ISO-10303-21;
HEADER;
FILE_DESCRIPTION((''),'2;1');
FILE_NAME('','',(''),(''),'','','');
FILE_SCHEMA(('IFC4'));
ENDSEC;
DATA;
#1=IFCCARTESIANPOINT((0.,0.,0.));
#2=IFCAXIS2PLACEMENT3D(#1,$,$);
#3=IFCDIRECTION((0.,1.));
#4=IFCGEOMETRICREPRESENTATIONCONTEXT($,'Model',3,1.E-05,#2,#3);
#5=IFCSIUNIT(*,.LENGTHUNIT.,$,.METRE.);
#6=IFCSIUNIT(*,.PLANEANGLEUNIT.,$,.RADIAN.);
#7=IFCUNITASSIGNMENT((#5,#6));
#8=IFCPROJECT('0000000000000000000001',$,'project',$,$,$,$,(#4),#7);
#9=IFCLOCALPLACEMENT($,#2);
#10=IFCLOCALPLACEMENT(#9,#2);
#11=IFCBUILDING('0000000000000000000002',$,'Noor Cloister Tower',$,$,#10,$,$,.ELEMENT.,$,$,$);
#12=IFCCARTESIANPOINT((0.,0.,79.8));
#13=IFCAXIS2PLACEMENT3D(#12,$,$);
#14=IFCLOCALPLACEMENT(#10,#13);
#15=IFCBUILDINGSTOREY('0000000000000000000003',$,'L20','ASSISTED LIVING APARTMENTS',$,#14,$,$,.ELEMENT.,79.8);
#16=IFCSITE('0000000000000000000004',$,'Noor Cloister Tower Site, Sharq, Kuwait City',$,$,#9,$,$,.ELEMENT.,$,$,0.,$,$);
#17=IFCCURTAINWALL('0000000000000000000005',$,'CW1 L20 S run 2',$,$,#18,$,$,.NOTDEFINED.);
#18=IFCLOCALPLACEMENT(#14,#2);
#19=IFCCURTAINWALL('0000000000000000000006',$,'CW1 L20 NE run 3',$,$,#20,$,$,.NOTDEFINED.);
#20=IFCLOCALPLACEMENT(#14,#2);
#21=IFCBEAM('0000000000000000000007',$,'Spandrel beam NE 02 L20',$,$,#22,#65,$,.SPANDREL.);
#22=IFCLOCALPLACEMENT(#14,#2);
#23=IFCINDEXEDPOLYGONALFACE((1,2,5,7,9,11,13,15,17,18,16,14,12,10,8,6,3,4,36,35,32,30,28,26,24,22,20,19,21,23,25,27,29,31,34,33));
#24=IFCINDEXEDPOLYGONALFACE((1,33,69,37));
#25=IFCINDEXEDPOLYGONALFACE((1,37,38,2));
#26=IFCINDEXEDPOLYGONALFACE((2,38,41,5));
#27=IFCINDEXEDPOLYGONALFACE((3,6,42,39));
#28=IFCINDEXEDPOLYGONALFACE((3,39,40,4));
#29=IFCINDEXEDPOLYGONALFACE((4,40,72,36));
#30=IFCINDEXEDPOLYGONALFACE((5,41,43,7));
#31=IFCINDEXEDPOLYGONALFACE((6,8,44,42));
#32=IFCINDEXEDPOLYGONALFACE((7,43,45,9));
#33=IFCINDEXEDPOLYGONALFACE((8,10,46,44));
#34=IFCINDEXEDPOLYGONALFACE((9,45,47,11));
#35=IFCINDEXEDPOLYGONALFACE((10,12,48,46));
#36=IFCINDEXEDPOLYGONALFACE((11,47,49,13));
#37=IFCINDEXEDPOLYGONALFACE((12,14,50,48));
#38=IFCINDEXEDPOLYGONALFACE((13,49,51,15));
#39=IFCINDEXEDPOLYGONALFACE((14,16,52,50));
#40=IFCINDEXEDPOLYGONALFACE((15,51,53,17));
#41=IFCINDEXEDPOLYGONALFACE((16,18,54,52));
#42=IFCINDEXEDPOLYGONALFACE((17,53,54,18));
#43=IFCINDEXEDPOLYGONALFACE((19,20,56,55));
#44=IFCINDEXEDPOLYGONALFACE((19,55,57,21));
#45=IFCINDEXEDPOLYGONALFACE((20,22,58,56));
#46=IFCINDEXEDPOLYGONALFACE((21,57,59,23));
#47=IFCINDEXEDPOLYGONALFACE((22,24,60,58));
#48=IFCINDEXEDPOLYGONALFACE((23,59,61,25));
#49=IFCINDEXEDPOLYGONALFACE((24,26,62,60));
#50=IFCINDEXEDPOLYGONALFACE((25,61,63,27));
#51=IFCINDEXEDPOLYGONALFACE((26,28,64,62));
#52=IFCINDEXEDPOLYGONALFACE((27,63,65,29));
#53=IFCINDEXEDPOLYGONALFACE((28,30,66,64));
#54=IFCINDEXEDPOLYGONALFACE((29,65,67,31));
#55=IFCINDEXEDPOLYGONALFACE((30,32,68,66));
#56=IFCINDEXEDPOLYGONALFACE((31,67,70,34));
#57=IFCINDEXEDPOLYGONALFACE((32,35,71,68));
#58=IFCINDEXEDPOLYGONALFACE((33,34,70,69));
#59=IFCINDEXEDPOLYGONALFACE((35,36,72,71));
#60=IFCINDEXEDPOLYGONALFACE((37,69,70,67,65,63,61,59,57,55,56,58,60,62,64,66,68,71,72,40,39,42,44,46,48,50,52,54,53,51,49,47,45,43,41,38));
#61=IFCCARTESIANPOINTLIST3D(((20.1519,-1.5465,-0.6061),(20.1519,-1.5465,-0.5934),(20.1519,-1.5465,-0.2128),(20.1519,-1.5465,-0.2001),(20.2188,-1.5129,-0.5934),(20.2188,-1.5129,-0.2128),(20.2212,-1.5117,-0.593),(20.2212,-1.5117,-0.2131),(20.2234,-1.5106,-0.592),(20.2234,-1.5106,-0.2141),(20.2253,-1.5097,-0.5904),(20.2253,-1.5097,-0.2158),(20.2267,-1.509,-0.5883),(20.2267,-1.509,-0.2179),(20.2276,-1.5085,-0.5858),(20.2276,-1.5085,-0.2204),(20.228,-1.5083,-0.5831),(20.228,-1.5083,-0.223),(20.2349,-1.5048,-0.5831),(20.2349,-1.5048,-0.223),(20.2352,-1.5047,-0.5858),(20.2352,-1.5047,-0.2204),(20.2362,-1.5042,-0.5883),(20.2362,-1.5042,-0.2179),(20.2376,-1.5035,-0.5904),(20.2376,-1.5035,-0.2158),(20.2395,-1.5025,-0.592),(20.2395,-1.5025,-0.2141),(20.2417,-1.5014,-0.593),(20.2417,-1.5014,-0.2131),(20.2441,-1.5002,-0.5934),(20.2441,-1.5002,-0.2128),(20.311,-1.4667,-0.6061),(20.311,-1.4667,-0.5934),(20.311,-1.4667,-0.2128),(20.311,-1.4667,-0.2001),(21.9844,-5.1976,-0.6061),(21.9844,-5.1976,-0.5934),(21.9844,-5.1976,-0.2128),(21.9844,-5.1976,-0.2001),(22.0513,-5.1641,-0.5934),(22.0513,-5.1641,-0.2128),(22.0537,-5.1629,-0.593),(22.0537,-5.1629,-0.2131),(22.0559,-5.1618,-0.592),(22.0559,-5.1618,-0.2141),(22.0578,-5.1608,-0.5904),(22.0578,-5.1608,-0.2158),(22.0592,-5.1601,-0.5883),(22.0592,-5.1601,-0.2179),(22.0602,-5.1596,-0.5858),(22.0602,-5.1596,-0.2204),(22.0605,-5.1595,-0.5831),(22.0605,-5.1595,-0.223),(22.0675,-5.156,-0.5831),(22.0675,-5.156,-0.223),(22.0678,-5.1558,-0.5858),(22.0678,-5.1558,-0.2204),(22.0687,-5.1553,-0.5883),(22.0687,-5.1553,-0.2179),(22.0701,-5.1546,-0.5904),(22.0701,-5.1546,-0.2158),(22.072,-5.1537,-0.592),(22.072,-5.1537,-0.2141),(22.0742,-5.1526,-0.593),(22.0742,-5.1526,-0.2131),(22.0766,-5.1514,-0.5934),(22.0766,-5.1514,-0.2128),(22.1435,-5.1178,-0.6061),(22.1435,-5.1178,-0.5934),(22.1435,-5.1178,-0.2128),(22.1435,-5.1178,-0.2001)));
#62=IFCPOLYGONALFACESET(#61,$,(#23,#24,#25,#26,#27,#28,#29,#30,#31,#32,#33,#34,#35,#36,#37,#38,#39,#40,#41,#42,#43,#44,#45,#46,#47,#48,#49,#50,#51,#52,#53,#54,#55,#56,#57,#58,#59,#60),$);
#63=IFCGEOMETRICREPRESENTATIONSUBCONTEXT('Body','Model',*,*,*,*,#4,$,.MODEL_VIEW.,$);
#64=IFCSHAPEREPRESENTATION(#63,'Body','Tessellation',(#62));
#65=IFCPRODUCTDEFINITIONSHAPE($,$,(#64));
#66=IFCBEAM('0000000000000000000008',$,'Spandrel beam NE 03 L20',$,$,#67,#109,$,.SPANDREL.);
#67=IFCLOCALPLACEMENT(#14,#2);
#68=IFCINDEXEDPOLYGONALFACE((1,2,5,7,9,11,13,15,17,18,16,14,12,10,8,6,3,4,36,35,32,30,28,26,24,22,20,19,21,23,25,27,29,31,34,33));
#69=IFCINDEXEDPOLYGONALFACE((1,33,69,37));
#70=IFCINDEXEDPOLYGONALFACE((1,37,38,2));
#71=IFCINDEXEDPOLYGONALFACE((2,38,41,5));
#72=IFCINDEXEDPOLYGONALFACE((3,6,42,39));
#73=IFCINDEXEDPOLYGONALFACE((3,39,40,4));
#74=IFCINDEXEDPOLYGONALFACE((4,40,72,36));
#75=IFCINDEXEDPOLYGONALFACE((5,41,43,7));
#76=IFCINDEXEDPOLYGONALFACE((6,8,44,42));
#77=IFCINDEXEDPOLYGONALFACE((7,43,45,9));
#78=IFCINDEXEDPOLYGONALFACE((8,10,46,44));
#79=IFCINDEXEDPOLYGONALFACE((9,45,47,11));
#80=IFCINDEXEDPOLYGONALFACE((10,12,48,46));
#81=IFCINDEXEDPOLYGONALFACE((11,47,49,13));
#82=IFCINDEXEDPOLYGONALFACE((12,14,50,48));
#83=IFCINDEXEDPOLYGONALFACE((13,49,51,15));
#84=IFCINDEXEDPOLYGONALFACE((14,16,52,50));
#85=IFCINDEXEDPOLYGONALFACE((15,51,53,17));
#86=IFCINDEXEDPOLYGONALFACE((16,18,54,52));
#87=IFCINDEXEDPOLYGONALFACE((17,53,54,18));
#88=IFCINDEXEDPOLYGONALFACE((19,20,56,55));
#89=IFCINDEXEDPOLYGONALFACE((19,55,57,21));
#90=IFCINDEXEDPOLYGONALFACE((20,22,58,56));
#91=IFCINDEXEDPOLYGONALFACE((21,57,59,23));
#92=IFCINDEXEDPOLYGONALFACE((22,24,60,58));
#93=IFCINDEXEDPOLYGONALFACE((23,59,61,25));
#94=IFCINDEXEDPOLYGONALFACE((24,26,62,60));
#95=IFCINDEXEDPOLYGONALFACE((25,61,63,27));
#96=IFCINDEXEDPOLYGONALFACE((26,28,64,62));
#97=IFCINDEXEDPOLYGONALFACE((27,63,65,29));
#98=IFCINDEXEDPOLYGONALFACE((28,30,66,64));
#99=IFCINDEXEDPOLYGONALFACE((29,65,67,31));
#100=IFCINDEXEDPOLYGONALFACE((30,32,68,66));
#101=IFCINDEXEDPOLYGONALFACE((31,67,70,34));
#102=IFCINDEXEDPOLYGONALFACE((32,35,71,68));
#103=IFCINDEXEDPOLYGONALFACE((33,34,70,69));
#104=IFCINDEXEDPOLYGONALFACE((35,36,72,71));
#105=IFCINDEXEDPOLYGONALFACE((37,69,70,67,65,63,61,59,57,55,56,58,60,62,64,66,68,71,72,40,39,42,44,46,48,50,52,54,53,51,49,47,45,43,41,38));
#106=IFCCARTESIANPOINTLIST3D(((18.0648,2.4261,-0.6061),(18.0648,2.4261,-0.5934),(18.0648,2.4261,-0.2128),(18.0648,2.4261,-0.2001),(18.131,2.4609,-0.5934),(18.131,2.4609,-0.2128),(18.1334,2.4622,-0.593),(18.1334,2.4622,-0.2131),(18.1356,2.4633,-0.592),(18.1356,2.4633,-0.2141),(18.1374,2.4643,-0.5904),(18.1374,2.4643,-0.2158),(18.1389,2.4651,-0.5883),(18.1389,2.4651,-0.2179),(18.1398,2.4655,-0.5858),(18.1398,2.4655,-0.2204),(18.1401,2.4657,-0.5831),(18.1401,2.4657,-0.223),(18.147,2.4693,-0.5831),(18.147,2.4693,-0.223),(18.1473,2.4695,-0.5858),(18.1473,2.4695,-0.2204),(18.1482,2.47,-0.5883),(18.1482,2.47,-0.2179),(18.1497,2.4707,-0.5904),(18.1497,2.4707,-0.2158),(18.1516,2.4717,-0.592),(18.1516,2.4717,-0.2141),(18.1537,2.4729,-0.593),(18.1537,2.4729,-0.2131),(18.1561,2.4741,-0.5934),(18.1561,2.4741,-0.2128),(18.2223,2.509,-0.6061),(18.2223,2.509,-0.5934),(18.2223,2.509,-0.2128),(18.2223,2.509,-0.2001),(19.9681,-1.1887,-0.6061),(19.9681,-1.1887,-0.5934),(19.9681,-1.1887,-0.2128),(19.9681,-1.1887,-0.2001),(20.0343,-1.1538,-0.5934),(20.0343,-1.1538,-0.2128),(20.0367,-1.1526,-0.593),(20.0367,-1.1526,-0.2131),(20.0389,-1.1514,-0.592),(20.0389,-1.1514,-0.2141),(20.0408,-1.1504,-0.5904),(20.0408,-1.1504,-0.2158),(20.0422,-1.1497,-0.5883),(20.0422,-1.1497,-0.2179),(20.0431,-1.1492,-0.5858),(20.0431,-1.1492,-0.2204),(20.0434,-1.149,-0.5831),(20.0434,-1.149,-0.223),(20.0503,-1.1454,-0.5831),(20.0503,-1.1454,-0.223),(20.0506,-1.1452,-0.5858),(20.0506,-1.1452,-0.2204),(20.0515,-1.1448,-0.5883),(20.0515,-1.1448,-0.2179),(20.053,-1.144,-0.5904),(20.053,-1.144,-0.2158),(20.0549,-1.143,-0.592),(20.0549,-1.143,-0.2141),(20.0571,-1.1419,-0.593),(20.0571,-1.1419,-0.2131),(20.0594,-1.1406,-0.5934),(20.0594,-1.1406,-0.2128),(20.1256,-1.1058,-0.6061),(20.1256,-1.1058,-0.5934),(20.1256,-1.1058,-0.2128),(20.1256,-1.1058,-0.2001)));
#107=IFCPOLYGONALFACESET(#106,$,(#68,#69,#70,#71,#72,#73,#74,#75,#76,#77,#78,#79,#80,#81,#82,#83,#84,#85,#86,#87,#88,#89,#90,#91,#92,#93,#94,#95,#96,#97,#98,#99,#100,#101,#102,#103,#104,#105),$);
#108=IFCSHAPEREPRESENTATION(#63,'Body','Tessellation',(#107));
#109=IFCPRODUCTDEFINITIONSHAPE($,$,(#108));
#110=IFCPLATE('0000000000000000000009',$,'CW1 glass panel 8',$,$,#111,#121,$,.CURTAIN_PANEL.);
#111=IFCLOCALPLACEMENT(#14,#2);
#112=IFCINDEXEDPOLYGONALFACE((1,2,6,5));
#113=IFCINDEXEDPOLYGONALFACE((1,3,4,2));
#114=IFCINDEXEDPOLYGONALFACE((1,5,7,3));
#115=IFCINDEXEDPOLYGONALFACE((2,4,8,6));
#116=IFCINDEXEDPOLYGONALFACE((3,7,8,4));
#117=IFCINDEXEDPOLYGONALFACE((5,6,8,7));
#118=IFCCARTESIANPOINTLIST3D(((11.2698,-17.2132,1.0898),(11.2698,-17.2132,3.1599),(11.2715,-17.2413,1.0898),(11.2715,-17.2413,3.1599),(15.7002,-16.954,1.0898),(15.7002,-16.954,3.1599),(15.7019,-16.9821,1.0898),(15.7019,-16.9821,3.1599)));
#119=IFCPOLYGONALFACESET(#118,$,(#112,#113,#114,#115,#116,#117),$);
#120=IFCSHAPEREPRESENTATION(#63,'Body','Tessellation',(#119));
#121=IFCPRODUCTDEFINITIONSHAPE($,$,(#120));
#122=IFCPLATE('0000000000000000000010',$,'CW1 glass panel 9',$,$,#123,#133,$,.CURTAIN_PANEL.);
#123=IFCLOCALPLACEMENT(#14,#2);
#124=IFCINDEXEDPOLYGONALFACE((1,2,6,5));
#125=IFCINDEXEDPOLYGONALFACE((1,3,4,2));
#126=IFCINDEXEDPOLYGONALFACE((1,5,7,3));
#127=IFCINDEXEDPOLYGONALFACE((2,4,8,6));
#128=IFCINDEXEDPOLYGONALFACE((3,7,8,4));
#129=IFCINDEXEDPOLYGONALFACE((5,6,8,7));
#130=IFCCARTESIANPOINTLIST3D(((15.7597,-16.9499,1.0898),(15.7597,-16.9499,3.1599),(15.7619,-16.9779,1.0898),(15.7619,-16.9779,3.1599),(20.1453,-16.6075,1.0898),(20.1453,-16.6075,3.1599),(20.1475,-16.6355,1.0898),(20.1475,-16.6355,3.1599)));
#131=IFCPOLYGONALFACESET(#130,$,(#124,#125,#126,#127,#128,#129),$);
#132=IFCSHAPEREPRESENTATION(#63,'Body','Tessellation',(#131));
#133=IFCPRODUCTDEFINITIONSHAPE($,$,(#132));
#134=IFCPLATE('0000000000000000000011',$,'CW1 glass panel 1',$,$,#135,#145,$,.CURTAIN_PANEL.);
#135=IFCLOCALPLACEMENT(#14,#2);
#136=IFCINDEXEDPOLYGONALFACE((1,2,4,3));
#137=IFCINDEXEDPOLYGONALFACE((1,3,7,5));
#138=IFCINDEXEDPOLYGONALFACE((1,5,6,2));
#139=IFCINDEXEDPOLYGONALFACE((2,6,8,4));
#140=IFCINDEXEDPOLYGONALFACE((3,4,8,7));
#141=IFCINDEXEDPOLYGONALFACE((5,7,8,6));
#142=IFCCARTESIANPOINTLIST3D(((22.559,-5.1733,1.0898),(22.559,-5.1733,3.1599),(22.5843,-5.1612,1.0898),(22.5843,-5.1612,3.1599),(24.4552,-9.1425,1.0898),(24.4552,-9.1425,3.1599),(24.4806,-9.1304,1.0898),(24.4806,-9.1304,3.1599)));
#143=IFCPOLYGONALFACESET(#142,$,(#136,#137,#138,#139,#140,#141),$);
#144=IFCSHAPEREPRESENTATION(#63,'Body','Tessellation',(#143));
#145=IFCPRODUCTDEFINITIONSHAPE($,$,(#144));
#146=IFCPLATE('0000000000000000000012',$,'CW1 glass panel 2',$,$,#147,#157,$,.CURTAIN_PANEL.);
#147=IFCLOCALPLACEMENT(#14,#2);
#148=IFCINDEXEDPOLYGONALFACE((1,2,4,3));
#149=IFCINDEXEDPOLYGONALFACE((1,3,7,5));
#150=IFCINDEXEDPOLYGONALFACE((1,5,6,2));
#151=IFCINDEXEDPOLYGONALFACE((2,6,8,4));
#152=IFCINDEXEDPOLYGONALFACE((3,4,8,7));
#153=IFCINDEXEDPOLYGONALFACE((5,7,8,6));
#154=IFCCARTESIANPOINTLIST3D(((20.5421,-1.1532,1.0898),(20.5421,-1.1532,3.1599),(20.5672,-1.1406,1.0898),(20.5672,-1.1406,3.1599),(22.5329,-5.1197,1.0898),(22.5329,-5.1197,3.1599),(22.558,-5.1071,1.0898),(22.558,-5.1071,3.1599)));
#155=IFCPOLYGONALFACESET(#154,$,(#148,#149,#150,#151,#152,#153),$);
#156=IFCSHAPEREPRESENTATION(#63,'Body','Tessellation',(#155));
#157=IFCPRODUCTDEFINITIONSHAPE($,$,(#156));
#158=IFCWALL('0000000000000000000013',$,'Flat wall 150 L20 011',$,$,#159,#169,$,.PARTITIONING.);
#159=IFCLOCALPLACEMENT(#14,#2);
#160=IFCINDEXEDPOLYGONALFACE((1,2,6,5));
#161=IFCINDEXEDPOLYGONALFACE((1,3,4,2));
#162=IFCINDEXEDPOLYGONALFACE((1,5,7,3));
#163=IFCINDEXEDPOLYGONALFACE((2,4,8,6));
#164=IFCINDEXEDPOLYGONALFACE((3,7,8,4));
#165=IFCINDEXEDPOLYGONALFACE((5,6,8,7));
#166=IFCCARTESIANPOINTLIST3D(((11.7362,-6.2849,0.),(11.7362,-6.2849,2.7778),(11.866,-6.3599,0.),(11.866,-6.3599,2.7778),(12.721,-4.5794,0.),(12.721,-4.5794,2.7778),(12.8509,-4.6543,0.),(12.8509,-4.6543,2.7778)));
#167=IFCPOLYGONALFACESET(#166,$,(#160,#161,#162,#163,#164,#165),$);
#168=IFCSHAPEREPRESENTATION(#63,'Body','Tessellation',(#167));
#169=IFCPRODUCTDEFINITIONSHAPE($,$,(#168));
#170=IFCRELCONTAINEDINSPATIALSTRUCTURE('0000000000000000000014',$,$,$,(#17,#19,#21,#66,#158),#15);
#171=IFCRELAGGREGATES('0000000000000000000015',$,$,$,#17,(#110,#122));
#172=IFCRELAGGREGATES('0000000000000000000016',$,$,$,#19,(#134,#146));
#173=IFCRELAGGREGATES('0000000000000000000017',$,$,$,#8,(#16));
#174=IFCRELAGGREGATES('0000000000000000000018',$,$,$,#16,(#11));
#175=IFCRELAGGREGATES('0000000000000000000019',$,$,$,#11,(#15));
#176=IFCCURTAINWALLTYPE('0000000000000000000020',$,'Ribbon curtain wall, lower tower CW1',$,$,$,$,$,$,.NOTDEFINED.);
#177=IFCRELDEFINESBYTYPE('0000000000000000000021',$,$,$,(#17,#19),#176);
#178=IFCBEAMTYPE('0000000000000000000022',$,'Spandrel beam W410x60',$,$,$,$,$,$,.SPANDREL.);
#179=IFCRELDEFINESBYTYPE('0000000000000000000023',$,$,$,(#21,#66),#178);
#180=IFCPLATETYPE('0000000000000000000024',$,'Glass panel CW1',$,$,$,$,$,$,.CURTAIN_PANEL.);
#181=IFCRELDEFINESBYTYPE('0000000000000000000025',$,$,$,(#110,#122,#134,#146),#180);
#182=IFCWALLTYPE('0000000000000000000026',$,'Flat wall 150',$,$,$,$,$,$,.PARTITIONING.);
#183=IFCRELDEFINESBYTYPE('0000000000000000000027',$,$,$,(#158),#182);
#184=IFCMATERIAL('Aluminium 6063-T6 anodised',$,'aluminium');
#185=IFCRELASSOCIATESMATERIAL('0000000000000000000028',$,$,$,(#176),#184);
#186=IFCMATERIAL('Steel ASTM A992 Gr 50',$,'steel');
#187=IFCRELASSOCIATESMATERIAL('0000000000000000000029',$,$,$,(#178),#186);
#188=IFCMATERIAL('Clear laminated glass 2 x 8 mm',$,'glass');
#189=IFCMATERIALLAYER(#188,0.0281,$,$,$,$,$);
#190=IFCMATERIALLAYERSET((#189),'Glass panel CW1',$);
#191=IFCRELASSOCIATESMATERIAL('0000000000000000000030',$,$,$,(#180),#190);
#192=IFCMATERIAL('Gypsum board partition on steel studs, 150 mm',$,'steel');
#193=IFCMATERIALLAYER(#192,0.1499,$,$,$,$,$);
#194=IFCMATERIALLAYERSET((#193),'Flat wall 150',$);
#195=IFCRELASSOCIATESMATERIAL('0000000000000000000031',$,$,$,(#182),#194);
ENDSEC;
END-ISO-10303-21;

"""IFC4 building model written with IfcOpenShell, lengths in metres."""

from ifc_helpers import new_model, si_unit, direction, frame, frame_2d, origin, origin_2d, place, context, subcontext, project, spatial, rectangle, i_section, extrude, material, layer, layer_set, material_profile, profile_set, type_object, element, aggregate, save


model = new_model("IFC4")

# Units and contexts
model_context = context("Model", 3, precision=1e-05, world=origin(), true_north=direction((0.0, 1.0)))
body_context = subcontext(model_context, "Body", "Model", "MODEL_VIEW")
ifc_project = project(units=[si_unit("LENGTHUNIT", "METRE"), si_unit("PLANEANGLEUNIT", "RADIAN")], contexts=[model_context])

# Site, building, storey
site_placement = place(None, origin())
site = spatial("IfcSite", under=ifc_project, at=site_placement, Name="Noor Cloister Tower Site, Sharq, Kuwait City", CompositionType="ELEMENT", RefElevation=0.0)
building_placement = place(site_placement, origin())
building = spatial("IfcBuilding", under=site, at=building_placement, Name="Noor Cloister Tower", CompositionType="ELEMENT")
storey_placement = place(building_placement, frame((0.0, 0.0, 79.8)))
storey = spatial("IfcBuildingStorey", under=building, at=storey_placement, Name="L20", Description="ASSISTED LIVING APARTMENTS", CompositionType="ELEMENT", Elevation=79.8)

# Curtain walls
ifc_material_1 = material(Name="Aluminium 6063-T6 anodised", Category="aluminium")
curtain_wall_type = type_object("IfcCurtainWallType", Name="Ribbon curtain wall, lower tower CW1", PredefinedType="NOTDEFINED", material=ifc_material_1)
curtain_wall_1_placement = place(storey_placement, origin())
curtain_wall_1 = element("IfcCurtainWall", 1, at=curtain_wall_1_placement, inside=storey, type_object=curtain_wall_type, Name="CW1 L20 S run 2", PredefinedType="NOTDEFINED")
curtain_wall_2_placement = place(storey_placement, origin())
curtain_wall_2 = element("IfcCurtainWall", 2, at=curtain_wall_2_placement, inside=storey, type_object=curtain_wall_type, Name="CW1 L20 NE run 3", PredefinedType="NOTDEFINED")

# Beams
ifc_material_2 = material(Name="Steel ASTM A992 Gr 50", Category="steel")
ifc_material_profile_1 = material_profile(ifc_material_2, i_section(OverallWidth=0.178, OverallDepth=0.406, WebThickness=0.0078, FlangeThickness=0.0127, FilletRadius=0.0103, at=origin_2d()), Name="W410x60")
ifc_profile_set_1 = profile_set([ifc_material_profile_1], Name="Steel ASTM A992 Gr 50")
beam_type_1 = type_object("IfcBeamType", Name="Spandrel beam W410x60", PredefinedType="SPANDREL", material=ifc_profile_set_1)
for number, where, z_axis, x_axis, name in (
    (3, (22.064, -5.1577, -0.4031), (-0.448576, 0.893745, 0.0), (-0.893745, -0.448576, 0.0), "Spandrel beam NE 02 L20"),
    (4, (20.0469, -1.1472, -0.4031), (-0.465904, 0.884835, 0.0), (-0.884835, -0.465904, 0.0), "Spandrel beam NE 03 L20"),
):
    element("IfcBeam", number, at=place(storey_placement, frame(where, z_axis=z_axis, x_axis=x_axis)), inside=storey, type_object=beam_type_1, Name=name, PredefinedType="SPANDREL", context=body_context, shape_type="SweptSolid", body=[
        extrude(i_section(OverallWidth=0.178, OverallDepth=0.406, WebThickness=0.0078, FlangeThickness=0.0127, FilletRadius=0.0103, at=origin_2d()), origin(), (0.0, 0.0, 1.0), 4.0852),
    ])

# Plates
ifc_material_3 = material(Name="Clear laminated glass 2 x 8 mm", Category="glass")
ifc_layer_1 = layer(ifc_material_3, 0.0281)
ifc_layer_set_1 = layer_set([ifc_layer_1], Name="Glass panel CW1")
plate_type = type_object("IfcPlateType", Name="Glass panel CW1", PredefinedType="CURTAIN_PANEL", material=ifc_layer_set_1)
plate_1_placement = place(storey_placement, frame((13.4858, -17.0977, 1.0898), z_axis=(0.0, 0.0, 1.0), x_axis=(0.998293, 0.058407, 0.0)))
plate_1 = element("IfcPlate", 5, at=plate_1_placement, type_object=plate_type, Name="CW1 glass panel 8", PredefinedType="CURTAIN_PANEL", context=body_context, shape_type="SweptSolid", body=[
    extrude(rectangle(XDim=4.438, YDim=0.0281, at=origin_2d()), origin(), (0.0, 0.0, 1.0), 2.0701),
])
plate_2_placement = place(storey_placement, frame((17.9536, -16.7927, 1.0898), z_axis=(0.0, 0.0, 1.0), x_axis=(0.996966, 0.077841, 0.0)))
plate_2 = element("IfcPlate", 6, at=plate_2_placement, type_object=plate_type, Name="CW1 glass panel 9", PredefinedType="CURTAIN_PANEL", context=body_context, shape_type="SweptSolid", body=[
    extrude(rectangle(XDim=4.3989, YDim=0.0281, at=origin_2d()), origin(), (0.0, 0.0, 1.0), 2.0701),
])
aggregate(curtain_wall_1, [plate_1, plate_2])
plate_3_placement = place(storey_placement, frame((23.5198, -7.1519, 1.0898), z_axis=(0.0, 0.0, 1.0), x_axis=(-0.43107, 0.902318, 0.0)))
plate_3 = element("IfcPlate", 7, at=plate_3_placement, type_object=plate_type, Name="CW1 glass panel 1", PredefinedType="CURTAIN_PANEL", context=body_context, shape_type="SweptSolid", body=[
    extrude(rectangle(XDim=4.3989, YDim=0.0281, at=origin_2d()), origin(), (0.0, 0.0, 1.0), 2.0701),
])
plate_4_placement = place(storey_placement, frame((21.55, -3.1301, 1.0898), z_axis=(0.0, 0.0, 1.0), x_axis=(-0.448565, 0.89375, 0.0)))
plate_4 = element("IfcPlate", 8, at=plate_4_placement, type_object=plate_type, Name="CW1 glass panel 2", PredefinedType="CURTAIN_PANEL", context=body_context, shape_type="SweptSolid", body=[
    extrude(rectangle(XDim=4.438, YDim=0.0281, at=origin_2d()), origin(), (0.0, 0.0, 1.0), 2.0701),
])
aggregate(curtain_wall_2, [plate_3, plate_4])

# Wall
ifc_material_4 = material(Name="Gypsum board partition on steel studs, 150 mm", Category="steel")
ifc_layer_2 = layer(ifc_material_4, 0.1499)
ifc_layer_set_2 = layer_set([ifc_layer_2], Name="Flat wall 150")
wall_type_1 = type_object("IfcWallType", Name="Flat wall 150", PredefinedType="PARTITIONING", material=ifc_layer_set_2)
wall_1_placement = place(storey_placement, frame((11.801, -6.3225, 0.0), z_axis=(0.0, 0.0, 1.0), x_axis=(0.500059, 0.865992, 0.0)))
element("IfcWall", 9, at=wall_1_placement, inside=storey, type_object=wall_type_1, Name="Flat wall 150 L20 011", PredefinedType="PARTITIONING", context=body_context, shape_type="SweptSolid", body=[
    extrude(rectangle(XDim=1.9695, YDim=0.1499, at=frame_2d((0.9849, 0.0))), origin(), (0.0, 0.0, 1.0), 2.7778),
])

save(model, "model.ifc")
